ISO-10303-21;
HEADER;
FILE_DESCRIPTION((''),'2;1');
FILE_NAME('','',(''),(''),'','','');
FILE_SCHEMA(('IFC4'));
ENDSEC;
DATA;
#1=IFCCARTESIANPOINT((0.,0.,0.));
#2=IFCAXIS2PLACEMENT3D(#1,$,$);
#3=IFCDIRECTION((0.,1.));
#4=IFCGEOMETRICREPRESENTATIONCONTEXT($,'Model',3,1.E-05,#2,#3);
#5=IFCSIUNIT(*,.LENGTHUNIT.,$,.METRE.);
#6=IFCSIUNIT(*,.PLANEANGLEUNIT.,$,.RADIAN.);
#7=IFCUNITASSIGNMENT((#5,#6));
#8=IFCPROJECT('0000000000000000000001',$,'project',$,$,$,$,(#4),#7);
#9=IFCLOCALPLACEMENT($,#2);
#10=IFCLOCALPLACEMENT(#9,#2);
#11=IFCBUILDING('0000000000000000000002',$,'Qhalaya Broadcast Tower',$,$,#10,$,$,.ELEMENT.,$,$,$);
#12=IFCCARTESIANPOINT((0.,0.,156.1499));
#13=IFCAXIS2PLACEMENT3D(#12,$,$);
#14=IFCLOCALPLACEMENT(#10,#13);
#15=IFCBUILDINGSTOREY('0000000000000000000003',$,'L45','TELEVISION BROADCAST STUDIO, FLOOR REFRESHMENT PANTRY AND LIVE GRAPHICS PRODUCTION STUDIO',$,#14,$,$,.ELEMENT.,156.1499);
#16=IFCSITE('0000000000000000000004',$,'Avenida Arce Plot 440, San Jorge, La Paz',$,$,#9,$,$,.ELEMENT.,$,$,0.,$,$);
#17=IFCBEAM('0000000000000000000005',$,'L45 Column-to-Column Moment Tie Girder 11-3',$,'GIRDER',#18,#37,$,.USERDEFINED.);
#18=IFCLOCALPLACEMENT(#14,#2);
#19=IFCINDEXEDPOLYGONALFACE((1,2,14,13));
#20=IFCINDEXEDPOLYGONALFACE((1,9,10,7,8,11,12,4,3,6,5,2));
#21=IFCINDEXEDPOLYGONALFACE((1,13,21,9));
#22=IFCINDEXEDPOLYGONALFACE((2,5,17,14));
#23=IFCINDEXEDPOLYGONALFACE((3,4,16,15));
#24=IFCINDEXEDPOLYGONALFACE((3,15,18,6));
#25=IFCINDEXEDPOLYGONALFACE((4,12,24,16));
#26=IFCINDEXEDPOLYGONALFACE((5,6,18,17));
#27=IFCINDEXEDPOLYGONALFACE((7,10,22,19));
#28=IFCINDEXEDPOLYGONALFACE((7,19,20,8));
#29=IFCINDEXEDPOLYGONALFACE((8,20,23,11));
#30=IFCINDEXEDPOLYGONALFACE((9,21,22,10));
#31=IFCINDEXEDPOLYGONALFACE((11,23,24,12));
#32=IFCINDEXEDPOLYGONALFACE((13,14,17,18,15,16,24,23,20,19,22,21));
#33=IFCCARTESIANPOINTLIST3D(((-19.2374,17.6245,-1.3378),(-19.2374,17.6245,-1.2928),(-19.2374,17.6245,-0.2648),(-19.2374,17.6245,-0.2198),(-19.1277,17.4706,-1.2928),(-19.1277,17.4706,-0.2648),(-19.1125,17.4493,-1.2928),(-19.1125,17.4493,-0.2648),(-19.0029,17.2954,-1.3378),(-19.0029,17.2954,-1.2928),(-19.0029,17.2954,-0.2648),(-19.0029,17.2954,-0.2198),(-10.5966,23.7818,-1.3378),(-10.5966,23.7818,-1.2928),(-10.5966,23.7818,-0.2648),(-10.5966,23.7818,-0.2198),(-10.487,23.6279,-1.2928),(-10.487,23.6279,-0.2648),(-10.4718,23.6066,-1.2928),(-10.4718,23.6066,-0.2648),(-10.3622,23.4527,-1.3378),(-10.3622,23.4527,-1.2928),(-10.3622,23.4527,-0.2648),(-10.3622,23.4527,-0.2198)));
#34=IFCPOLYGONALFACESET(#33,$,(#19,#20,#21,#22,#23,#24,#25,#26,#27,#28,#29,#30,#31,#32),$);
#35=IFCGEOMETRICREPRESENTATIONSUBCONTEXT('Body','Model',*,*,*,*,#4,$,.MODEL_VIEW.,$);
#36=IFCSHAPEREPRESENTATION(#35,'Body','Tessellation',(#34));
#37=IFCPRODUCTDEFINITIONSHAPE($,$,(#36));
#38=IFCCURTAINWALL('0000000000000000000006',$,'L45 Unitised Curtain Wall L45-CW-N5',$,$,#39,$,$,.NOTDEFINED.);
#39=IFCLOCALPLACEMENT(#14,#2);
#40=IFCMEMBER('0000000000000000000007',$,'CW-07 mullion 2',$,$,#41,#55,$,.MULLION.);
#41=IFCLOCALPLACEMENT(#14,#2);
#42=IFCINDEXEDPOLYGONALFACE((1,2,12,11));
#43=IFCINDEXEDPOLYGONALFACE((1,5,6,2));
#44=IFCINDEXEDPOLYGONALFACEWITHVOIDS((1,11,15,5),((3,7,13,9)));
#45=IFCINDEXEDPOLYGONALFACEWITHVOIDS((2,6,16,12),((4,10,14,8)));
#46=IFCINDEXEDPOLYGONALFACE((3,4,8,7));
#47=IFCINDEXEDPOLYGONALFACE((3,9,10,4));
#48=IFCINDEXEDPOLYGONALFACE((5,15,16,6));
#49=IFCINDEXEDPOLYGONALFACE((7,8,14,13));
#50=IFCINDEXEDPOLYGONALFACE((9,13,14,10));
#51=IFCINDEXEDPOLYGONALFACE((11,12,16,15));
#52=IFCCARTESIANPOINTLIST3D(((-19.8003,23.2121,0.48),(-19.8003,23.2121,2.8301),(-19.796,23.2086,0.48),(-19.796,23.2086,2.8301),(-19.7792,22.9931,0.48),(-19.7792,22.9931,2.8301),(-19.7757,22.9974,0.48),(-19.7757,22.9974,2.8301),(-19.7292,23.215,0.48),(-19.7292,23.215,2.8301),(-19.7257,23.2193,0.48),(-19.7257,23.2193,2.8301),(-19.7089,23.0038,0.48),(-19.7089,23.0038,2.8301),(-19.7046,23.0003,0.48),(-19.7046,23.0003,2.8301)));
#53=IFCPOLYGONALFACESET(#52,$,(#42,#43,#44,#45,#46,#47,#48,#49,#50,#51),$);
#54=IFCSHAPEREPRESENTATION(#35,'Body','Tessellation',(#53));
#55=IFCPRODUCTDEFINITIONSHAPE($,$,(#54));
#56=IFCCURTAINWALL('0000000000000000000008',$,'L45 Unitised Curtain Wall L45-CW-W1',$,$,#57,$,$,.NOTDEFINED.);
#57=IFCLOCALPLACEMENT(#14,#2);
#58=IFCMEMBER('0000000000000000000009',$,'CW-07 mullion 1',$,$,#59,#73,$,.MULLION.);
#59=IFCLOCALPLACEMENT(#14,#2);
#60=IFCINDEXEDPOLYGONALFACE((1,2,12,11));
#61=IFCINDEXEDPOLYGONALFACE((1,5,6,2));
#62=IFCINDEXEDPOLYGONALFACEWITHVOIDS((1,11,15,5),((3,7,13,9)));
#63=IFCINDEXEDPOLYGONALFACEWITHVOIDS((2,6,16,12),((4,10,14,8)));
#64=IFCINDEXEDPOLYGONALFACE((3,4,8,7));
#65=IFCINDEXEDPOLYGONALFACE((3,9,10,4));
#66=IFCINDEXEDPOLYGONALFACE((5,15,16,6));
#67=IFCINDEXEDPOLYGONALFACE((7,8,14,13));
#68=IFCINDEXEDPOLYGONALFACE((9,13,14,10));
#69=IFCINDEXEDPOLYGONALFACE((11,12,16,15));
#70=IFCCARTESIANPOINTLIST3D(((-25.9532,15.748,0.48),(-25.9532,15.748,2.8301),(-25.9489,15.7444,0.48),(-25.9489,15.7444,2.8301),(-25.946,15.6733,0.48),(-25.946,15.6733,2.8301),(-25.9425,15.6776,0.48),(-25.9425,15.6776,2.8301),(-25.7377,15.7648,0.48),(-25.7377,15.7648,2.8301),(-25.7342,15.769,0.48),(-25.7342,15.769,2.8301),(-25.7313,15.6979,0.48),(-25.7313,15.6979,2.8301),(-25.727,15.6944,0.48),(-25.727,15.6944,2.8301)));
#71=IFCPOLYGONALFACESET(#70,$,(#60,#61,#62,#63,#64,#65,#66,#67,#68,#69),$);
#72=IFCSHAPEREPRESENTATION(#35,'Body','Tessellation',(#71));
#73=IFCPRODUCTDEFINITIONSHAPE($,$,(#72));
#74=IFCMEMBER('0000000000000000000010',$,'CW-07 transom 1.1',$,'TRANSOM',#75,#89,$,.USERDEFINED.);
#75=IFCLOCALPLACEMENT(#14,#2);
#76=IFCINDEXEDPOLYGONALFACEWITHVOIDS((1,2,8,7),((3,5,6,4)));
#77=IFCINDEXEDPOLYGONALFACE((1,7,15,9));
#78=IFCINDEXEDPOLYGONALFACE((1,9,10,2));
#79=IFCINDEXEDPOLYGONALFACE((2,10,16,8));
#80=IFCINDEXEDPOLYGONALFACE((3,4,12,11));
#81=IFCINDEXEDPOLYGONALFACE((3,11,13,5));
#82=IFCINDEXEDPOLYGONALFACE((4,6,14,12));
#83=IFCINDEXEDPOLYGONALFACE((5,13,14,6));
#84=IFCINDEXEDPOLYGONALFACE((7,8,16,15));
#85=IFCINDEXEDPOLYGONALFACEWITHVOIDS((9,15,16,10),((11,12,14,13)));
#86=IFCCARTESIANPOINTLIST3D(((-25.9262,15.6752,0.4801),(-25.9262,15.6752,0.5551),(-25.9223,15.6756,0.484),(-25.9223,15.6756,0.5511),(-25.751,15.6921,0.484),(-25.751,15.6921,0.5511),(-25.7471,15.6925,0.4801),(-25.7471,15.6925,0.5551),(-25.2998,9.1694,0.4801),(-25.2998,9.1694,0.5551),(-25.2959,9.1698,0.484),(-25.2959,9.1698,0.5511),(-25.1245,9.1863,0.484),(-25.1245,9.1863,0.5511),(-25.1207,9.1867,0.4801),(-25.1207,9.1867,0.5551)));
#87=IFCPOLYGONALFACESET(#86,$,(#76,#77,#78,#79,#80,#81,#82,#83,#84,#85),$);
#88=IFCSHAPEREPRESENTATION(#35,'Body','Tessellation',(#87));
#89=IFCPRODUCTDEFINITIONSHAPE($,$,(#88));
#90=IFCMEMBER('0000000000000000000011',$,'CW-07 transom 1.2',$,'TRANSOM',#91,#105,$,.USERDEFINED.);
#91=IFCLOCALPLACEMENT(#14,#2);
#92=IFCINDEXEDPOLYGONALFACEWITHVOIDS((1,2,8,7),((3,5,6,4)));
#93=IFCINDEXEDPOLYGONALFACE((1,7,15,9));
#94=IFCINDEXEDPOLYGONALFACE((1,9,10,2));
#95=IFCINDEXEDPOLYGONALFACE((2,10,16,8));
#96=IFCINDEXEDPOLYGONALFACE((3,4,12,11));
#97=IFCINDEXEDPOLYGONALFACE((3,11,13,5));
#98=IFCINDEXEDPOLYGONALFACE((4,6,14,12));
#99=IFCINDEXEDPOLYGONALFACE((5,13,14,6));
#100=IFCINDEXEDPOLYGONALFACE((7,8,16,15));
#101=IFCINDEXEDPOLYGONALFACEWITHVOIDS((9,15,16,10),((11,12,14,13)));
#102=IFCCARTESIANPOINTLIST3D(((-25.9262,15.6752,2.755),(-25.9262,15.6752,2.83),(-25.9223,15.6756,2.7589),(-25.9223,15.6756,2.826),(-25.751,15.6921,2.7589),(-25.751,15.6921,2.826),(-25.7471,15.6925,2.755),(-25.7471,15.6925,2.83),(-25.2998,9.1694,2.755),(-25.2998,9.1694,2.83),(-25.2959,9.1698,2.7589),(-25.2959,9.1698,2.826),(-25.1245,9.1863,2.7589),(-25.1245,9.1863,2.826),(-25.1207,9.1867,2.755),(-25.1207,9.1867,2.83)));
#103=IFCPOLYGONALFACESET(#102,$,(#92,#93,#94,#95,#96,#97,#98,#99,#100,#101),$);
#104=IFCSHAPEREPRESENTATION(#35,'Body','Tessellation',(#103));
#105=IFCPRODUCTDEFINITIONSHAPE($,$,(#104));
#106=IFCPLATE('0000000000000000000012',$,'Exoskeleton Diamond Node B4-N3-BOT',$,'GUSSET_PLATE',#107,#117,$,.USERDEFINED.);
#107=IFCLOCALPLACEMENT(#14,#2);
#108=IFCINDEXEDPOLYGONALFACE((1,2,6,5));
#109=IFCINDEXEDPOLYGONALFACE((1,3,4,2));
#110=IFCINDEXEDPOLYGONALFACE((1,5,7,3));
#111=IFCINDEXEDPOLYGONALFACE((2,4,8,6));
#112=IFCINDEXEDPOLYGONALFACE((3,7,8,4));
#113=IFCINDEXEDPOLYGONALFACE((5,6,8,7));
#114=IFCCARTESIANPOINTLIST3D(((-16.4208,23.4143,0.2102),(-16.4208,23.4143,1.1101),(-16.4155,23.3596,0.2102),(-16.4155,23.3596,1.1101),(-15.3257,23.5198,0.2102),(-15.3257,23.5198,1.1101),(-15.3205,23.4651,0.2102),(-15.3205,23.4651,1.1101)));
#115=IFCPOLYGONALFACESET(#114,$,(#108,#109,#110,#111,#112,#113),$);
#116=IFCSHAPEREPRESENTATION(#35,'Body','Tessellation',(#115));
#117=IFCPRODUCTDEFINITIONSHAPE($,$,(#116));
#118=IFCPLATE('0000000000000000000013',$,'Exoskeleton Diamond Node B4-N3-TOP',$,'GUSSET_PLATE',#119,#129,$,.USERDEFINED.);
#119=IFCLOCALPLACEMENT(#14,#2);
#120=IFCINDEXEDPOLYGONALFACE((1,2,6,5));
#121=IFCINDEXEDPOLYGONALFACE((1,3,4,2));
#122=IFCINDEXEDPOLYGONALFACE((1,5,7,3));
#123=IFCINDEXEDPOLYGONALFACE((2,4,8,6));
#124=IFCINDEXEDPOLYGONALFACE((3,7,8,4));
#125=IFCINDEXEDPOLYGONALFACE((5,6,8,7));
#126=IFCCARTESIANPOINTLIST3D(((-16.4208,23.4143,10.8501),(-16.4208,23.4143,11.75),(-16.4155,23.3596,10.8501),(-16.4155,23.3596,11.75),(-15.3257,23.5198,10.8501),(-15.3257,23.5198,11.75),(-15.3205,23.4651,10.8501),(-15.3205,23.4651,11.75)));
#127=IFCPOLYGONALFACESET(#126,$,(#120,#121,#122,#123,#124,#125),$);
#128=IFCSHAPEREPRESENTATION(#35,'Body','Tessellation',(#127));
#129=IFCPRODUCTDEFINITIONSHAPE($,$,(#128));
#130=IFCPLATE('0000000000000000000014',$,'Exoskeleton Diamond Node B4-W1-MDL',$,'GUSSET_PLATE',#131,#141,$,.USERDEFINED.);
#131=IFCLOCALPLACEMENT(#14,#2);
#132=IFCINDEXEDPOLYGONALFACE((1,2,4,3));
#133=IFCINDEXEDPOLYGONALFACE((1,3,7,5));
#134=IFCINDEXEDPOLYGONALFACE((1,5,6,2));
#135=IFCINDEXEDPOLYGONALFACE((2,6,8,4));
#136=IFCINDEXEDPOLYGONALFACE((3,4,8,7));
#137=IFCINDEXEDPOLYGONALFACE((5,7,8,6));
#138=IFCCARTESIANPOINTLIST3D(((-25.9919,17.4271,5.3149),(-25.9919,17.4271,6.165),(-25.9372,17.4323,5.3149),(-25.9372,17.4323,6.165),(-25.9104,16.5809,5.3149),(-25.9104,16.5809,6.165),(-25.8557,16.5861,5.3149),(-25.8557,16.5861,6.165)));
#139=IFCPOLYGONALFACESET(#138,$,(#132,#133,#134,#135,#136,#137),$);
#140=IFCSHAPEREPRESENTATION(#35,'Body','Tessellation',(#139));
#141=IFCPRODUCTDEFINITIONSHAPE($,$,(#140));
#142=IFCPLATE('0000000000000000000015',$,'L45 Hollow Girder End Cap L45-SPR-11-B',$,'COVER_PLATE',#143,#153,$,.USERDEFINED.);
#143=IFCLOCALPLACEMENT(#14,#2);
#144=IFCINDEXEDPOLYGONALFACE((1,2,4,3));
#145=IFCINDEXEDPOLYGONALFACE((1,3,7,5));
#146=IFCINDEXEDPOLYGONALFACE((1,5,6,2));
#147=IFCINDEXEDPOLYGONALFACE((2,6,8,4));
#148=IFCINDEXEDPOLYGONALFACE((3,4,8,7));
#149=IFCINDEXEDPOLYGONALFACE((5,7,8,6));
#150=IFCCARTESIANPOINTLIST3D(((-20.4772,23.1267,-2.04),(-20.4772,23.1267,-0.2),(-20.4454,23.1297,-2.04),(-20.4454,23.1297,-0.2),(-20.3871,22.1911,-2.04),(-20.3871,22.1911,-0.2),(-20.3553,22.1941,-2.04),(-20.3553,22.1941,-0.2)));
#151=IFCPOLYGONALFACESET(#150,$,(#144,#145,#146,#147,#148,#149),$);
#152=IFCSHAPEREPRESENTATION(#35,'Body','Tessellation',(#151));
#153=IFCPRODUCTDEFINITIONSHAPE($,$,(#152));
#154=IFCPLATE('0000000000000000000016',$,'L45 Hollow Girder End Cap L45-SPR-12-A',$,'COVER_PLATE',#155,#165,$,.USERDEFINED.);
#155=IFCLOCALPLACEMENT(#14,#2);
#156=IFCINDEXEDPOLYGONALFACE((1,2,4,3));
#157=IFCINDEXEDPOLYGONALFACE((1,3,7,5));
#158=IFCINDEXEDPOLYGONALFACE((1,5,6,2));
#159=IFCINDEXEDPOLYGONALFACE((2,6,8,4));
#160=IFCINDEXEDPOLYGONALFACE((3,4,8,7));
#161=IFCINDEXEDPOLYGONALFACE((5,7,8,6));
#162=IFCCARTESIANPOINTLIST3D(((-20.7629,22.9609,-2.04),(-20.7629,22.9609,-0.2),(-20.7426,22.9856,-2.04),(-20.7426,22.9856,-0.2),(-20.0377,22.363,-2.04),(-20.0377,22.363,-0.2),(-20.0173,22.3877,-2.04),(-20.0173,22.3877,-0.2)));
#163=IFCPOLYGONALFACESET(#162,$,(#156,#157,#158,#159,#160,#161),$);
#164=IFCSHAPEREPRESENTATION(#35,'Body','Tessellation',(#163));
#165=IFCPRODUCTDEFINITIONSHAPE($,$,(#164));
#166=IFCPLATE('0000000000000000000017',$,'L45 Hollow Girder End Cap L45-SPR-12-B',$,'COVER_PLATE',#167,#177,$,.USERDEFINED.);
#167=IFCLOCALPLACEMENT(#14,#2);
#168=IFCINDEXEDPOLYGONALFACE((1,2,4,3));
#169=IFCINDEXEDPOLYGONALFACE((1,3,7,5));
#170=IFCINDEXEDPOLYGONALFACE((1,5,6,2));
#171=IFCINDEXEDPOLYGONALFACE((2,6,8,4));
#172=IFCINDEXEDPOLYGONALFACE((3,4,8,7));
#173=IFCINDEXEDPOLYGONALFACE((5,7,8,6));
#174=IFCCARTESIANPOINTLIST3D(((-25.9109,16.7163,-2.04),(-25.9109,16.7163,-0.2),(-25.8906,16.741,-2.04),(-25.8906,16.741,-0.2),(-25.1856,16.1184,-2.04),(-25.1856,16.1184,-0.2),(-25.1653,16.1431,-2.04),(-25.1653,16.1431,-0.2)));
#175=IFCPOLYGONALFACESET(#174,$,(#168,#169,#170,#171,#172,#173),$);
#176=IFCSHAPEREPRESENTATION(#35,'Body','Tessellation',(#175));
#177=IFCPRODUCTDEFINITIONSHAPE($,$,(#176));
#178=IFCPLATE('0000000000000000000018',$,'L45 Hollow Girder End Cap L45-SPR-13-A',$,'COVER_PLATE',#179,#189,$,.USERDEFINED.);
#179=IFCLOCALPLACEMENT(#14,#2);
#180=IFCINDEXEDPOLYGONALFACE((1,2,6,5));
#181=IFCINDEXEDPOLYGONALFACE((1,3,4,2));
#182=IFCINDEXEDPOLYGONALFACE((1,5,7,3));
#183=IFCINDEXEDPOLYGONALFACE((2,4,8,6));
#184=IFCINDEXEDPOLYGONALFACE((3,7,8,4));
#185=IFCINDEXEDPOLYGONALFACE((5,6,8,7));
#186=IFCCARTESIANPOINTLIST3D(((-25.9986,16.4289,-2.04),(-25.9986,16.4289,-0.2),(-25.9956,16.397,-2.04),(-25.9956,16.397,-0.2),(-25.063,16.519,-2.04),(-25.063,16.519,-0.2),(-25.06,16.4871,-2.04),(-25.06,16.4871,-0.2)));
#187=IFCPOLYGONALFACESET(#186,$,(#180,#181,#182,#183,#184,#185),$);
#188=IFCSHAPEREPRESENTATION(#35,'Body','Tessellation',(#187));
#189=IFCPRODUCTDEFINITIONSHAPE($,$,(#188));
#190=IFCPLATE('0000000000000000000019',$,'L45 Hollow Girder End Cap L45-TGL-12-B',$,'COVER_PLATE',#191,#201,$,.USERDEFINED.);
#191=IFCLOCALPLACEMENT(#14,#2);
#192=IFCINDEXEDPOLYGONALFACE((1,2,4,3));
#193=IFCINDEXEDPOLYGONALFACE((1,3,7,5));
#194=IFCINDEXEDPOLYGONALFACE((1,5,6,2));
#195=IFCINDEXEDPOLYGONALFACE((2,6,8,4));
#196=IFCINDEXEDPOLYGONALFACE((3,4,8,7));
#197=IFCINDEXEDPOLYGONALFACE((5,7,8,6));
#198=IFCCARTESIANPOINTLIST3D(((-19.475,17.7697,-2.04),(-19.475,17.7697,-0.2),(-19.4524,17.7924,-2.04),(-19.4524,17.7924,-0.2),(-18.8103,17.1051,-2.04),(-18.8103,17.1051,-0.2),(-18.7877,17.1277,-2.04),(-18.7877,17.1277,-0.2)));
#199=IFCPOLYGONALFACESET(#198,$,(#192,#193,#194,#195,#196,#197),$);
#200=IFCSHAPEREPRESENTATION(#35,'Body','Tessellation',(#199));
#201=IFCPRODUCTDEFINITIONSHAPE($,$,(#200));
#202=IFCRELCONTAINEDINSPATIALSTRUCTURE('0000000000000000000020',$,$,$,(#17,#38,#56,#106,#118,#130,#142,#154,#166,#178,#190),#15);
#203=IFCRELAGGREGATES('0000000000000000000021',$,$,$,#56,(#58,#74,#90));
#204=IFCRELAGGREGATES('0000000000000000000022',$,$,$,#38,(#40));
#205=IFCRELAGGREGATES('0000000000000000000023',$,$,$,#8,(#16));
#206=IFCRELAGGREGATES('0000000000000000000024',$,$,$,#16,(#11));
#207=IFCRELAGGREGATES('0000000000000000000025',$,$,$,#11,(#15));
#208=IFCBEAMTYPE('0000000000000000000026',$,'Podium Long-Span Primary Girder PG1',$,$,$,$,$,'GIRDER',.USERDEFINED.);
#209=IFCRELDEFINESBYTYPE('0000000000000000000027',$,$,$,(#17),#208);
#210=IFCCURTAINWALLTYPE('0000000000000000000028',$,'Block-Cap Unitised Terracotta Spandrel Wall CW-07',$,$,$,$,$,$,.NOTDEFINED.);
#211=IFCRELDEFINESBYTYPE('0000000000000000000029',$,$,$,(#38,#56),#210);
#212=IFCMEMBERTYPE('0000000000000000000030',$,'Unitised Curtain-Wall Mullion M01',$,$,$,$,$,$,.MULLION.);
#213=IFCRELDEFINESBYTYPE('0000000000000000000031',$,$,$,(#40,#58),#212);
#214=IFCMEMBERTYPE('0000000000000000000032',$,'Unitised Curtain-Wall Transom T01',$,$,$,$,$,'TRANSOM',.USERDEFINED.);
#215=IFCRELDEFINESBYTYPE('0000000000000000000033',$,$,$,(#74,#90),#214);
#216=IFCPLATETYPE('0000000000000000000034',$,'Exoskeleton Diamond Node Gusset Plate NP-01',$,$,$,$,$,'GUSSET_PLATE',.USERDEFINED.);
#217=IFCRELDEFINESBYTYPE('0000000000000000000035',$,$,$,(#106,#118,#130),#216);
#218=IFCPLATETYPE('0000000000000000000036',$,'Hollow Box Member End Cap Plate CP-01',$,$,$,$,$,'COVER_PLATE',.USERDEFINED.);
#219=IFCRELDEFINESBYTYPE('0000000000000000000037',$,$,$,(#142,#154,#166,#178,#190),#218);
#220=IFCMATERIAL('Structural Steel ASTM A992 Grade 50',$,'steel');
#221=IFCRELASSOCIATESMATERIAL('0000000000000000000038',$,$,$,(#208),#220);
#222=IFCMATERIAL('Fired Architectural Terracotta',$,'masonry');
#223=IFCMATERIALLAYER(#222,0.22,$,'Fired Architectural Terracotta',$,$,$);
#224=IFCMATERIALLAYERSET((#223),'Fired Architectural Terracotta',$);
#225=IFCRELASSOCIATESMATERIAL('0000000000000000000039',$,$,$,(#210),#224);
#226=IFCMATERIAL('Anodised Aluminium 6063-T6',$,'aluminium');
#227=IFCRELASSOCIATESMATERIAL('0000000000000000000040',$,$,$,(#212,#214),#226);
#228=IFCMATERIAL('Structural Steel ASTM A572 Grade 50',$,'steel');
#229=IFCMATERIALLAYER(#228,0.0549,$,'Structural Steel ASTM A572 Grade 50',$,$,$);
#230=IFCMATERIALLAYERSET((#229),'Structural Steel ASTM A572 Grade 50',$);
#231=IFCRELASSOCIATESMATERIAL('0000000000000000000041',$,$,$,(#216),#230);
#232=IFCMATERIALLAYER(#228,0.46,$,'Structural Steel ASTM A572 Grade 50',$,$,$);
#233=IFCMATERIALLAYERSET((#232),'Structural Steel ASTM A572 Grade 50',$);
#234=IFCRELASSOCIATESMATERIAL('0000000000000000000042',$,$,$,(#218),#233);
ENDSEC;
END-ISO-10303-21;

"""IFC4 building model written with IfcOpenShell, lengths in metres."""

from ifc_helpers import new_model, si_unit, direction, frame, origin, origin_2d, place, context, subcontext, project, spatial, rectangle, hollow_rectangle, i_section, extrude, material, layer, layer_set, material_profile, profile_set, type_object, element, aggregate, save


model = new_model("IFC4")

# Units and contexts
model_context = context("Model", 3, precision=1e-05, world=origin(), true_north=direction((0.0, 1.0)))
body_context = subcontext(model_context, "Body", "Model", "MODEL_VIEW")
ifc_project = project(units=[si_unit("LENGTHUNIT", "METRE"), si_unit("PLANEANGLEUNIT", "RADIAN")], contexts=[model_context])

# Site, building, storey
site_placement = place(None, origin())
site = spatial("IfcSite", under=ifc_project, at=site_placement, Name="Avenida Arce Plot 440, San Jorge, La Paz", CompositionType="ELEMENT", RefElevation=0.0)
building_placement = place(site_placement, origin())
building = spatial("IfcBuilding", under=site, at=building_placement, Name="Qhalaya Broadcast Tower", CompositionType="ELEMENT")
storey_placement = place(building_placement, frame((0.0, 0.0, 156.1499)))
storey = spatial("IfcBuildingStorey", under=building, at=storey_placement, Name="L45", Description="TELEVISION BROADCAST STUDIO, FLOOR REFRESHMENT PANTRY AND LIVE GRAPHICS PRODUCTION STUDIO", CompositionType="ELEMENT", Elevation=156.1499)

# Shared definitions
ifc_material_1 = material(Name="Structural Steel ASTM A572 Grade 50", Category="steel")

# Beam
ifc_material_2 = material(Name="Structural Steel ASTM A992 Grade 50", Category="steel")
ifc_material_profile_1 = material_profile(ifc_material_2, i_section(OverallWidth=0.4041, OverallDepth=1.1179, WebThickness=0.0261, FlangeThickness=0.0449, at=origin_2d()), Name="W44X335")
ifc_profile_set_1 = profile_set([ifc_material_profile_1], Name="Structural Steel ASTM A992 Grade 50")
beam_type_1 = type_object("IfcBeamType", Name="Podium Long-Span Primary Girder PG1", ElementType="GIRDER", PredefinedType="USERDEFINED", material=ifc_profile_set_1)
beam_1_placement = place(storey_placement, frame((-19.1201, 17.46, -0.7788), z_axis=(0.814386, 0.580324, 0.0), x_axis=(-0.580324, 0.814386, 0.0)))
element("IfcBeam", 1, at=beam_1_placement, inside=storey, type_object=beam_type_1, Name="L45 Column-to-Column Moment Tie Girder 11-3", ObjectType="GIRDER", PredefinedType="USERDEFINED", context=body_context, shape_type="SweptSolid", body=[
    extrude(i_section(OverallWidth=0.4041, OverallDepth=1.1179, WebThickness=0.0261, FlangeThickness=0.0449, at=origin_2d()), origin(), (0.0, 0.0, 1.0), 10.6101),
])

# Curtain wall, member
ifc_material_3 = material(Name="Fired Architectural Terracotta", Category="masonry")
ifc_layer_1 = layer(ifc_material_3, 0.22, Name="Fired Architectural Terracotta")
ifc_layer_set_1 = layer_set([ifc_layer_1], Name="Fired Architectural Terracotta")
curtain_wall_type = type_object("IfcCurtainWallType", Name="Block-Cap Unitised Terracotta Spandrel Wall CW-07", PredefinedType="NOTDEFINED", material=ifc_layer_set_1)
curtain_wall_1_placement = place(storey_placement, origin())
curtain_wall_1 = element("IfcCurtainWall", 2, at=curtain_wall_1_placement, inside=storey, type_object=curtain_wall_type, Name="L45 Unitised Curtain Wall L45-CW-N5", PredefinedType="NOTDEFINED")
ifc_material_4 = material(Name="Anodised Aluminium 6063-T6", Category="aluminium")
ifc_material_profile_2 = material_profile(ifc_material_4, hollow_rectangle(XDim=0.075, YDim=0.22, WallThickness=0.0039, at=origin_2d()), Name="ALU-MUL 75x220x4")
ifc_profile_set_2 = profile_set([ifc_material_profile_2], Name="Anodised Aluminium 6063-T6")
member_type_1 = type_object("IfcMemberType", Name="Unitised Curtain-Wall Mullion M01", PredefinedType="MULLION", material=ifc_profile_set_2)
member_1_placement = place(storey_placement, frame((-19.7524, 23.1062, 0.48), z_axis=(0.0, 0.0, 1.0), x_axis=(-0.995397, -0.095841, 0.0)))
member_1 = element("IfcMember", 3, at=member_1_placement, type_object=member_type_1, Name="CW-07 mullion 2", PredefinedType="MULLION", context=body_context, shape_type="SweptSolid", body=[
    extrude(hollow_rectangle(XDim=0.075, YDim=0.22, WallThickness=0.0039, at=origin_2d()), origin(), (0.0, 0.0, 1.0), 2.3501),
])

# Curtain wall, members
curtain_wall_2_placement = place(storey_placement, origin())
curtain_wall_2 = element("IfcCurtainWall", 4, at=curtain_wall_2_placement, inside=storey, type_object=curtain_wall_type, Name="L45 Unitised Curtain Wall L45-CW-W1", PredefinedType="NOTDEFINED")
member_2_placement = place(storey_placement, frame((-25.8401, 15.7212, 0.48), z_axis=(0.0, 0.0, 1.0), x_axis=(0.095842, -0.995397, 0.0)))
member_2 = element("IfcMember", 5, at=member_2_placement, type_object=member_type_1, Name="CW-07 mullion 1", PredefinedType="MULLION", context=body_context, shape_type="SweptSolid", body=[
    extrude(hollow_rectangle(XDim=0.075, YDim=0.22, WallThickness=0.0039, at=origin_2d()), origin(), (0.0, 0.0, 1.0), 2.3501),
])
ifc_material_profile_3 = material_profile(ifc_material_4, hollow_rectangle(XDim=0.075, YDim=0.1799, WallThickness=0.0039, at=origin_2d()), Name="ALU-TRN 75x180x4")
ifc_profile_set_3 = profile_set([ifc_material_profile_3], Name="Anodised Aluminium 6063-T6")
member_type_2 = type_object("IfcMemberType", Name="Unitised Curtain-Wall Transom T01", ElementType="TRANSOM", PredefinedType="USERDEFINED", material=ifc_profile_set_3)
member_3_placement = place(storey_placement, frame((-25.8367, 15.6838, 0.5176), z_axis=(0.095849, -0.995396, 0.0), x_axis=(0.0, 0.0, 1.0)))
member_3 = element("IfcMember", 6, at=member_3_placement, type_object=member_type_2, Name="CW-07 transom 1.1", ObjectType="TRANSOM", PredefinedType="USERDEFINED", context=body_context, shape_type="SweptSolid", body=[
    extrude(hollow_rectangle(XDim=0.075, YDim=0.1799, WallThickness=0.0039, at=origin_2d()), origin(), (0.0, 0.0, 1.0), 6.5359),
])
member_4_placement = place(storey_placement, frame((-25.8367, 15.6838, 2.7925), z_axis=(0.095849, -0.995396, 0.0), x_axis=(0.0, 0.0, 1.0)))
member_4 = element("IfcMember", 7, at=member_4_placement, type_object=member_type_2, Name="CW-07 transom 1.2", ObjectType="TRANSOM", PredefinedType="USERDEFINED", context=body_context, shape_type="SweptSolid", body=[
    extrude(hollow_rectangle(XDim=0.075, YDim=0.1799, WallThickness=0.0039, at=origin_2d()), origin(), (0.0, 0.0, 1.0), 6.5359),
])
aggregate(curtain_wall_2, [member_2, member_3, member_4])

# Plates
ifc_layer_2 = layer(ifc_material_1, 0.0549, Name="Structural Steel ASTM A572 Grade 50")
ifc_layer_set_2 = layer_set([ifc_layer_2], Name="Structural Steel ASTM A572 Grade 50")
plate_type_1 = type_object("IfcPlateType", Name="Exoskeleton Diamond Node Gusset Plate NP-01", ElementType="GUSSET_PLATE", PredefinedType="USERDEFINED", material=ifc_layer_set_2)
for number, where, z_axis, x_axis, name in (
    (8, (-15.8706, 23.4397, 0.2102), (0.0, 0.0, 1.0), (0.995396, 0.095846, 0.0), "Exoskeleton Diamond Node B4-N3-BOT"),
    (9, (-15.8706, 23.4397, 10.8501), (0.0, 0.0, 1.0), (0.995396, 0.095846, 0.0), "Exoskeleton Diamond Node B4-N3-TOP"),
):
    element("IfcPlate", number, at=place(storey_placement, frame(where, z_axis=z_axis, x_axis=x_axis)), inside=storey, type_object=plate_type_1, Name=name, ObjectType="GUSSET_PLATE", PredefinedType="USERDEFINED", context=body_context, shape_type="SweptSolid", body=[
        extrude(rectangle(XDim=1.1001, YDim=0.0549, at=origin_2d()), origin(), (0.0, 0.0, 1.0), 0.8999),
    ])
plate_1_placement = place(storey_placement, frame((-25.9238, 17.0066, 5.3149), z_axis=(0.0, 0.0, 1.0), x_axis=(-0.095846, 0.995396, 0.0)))
element("IfcPlate", 10, at=plate_1_placement, inside=storey, type_object=plate_type_1, Name="Exoskeleton Diamond Node B4-W1-MDL", ObjectType="GUSSET_PLATE", PredefinedType="USERDEFINED", context=body_context, shape_type="SweptSolid", body=[
    extrude(rectangle(XDim=0.8501, YDim=0.0549, at=origin_2d()), origin(), (0.0, 0.0, 1.0), 0.8501),
])
ifc_layer_3 = layer(ifc_material_1, 0.46, Name="Structural Steel ASTM A572 Grade 50")
ifc_layer_set_3 = layer_set([ifc_layer_3], Name="Structural Steel ASTM A572 Grade 50")
plate_type_2 = type_object("IfcPlateType", Name="Hollow Box Member End Cap Plate CP-01", ElementType="COVER_PLATE", PredefinedType="USERDEFINED", material=ifc_layer_set_3)
for number, where, z_axis, x_axis, name in (
    (11, (-20.4163, 22.6604, -2.04), (0.0, 0.0, 1.0), (0.095846, -0.995396, 0.0), "L45 Hollow Girder End Cap L45-SPR-11-B"),
    (12, (-20.3901, 22.6743, -2.04), (0.0, 0.0, 1.0), (0.771625, -0.636078, 0.0), "L45 Hollow Girder End Cap L45-SPR-12-A"),
    (13, (-25.5381, 16.4297, -2.04), (0.0, 0.0, 1.0), (0.771625, -0.636078, 0.0), "L45 Hollow Girder End Cap L45-SPR-12-B"),
    (14, (-25.5293, 16.458, -2.04), (0.0, 0.0, 1.0), (0.995396, 0.095846, 0.0), "L45 Hollow Girder End Cap L45-SPR-13-A"),
    (15, (-19.1313, 17.4487, -2.04), (0.0, 0.0, 1.0), (0.707107, -0.707107, 0.0), "L45 Hollow Girder End Cap L45-TGL-12-B"),
):
    element("IfcPlate", number, at=place(storey_placement, frame(where, z_axis=z_axis, x_axis=x_axis)), inside=storey, type_object=plate_type_2, Name=name, ObjectType="COVER_PLATE", PredefinedType="USERDEFINED", context=body_context, shape_type="SweptSolid", body=[
        extrude(rectangle(XDim=0.9399, YDim=0.032, at=origin_2d()), origin(), (0.0, 0.0, 1.0), 1.8401),
    ])

aggregate(curtain_wall_1, [member_1])

save(model, "model.ifc")
